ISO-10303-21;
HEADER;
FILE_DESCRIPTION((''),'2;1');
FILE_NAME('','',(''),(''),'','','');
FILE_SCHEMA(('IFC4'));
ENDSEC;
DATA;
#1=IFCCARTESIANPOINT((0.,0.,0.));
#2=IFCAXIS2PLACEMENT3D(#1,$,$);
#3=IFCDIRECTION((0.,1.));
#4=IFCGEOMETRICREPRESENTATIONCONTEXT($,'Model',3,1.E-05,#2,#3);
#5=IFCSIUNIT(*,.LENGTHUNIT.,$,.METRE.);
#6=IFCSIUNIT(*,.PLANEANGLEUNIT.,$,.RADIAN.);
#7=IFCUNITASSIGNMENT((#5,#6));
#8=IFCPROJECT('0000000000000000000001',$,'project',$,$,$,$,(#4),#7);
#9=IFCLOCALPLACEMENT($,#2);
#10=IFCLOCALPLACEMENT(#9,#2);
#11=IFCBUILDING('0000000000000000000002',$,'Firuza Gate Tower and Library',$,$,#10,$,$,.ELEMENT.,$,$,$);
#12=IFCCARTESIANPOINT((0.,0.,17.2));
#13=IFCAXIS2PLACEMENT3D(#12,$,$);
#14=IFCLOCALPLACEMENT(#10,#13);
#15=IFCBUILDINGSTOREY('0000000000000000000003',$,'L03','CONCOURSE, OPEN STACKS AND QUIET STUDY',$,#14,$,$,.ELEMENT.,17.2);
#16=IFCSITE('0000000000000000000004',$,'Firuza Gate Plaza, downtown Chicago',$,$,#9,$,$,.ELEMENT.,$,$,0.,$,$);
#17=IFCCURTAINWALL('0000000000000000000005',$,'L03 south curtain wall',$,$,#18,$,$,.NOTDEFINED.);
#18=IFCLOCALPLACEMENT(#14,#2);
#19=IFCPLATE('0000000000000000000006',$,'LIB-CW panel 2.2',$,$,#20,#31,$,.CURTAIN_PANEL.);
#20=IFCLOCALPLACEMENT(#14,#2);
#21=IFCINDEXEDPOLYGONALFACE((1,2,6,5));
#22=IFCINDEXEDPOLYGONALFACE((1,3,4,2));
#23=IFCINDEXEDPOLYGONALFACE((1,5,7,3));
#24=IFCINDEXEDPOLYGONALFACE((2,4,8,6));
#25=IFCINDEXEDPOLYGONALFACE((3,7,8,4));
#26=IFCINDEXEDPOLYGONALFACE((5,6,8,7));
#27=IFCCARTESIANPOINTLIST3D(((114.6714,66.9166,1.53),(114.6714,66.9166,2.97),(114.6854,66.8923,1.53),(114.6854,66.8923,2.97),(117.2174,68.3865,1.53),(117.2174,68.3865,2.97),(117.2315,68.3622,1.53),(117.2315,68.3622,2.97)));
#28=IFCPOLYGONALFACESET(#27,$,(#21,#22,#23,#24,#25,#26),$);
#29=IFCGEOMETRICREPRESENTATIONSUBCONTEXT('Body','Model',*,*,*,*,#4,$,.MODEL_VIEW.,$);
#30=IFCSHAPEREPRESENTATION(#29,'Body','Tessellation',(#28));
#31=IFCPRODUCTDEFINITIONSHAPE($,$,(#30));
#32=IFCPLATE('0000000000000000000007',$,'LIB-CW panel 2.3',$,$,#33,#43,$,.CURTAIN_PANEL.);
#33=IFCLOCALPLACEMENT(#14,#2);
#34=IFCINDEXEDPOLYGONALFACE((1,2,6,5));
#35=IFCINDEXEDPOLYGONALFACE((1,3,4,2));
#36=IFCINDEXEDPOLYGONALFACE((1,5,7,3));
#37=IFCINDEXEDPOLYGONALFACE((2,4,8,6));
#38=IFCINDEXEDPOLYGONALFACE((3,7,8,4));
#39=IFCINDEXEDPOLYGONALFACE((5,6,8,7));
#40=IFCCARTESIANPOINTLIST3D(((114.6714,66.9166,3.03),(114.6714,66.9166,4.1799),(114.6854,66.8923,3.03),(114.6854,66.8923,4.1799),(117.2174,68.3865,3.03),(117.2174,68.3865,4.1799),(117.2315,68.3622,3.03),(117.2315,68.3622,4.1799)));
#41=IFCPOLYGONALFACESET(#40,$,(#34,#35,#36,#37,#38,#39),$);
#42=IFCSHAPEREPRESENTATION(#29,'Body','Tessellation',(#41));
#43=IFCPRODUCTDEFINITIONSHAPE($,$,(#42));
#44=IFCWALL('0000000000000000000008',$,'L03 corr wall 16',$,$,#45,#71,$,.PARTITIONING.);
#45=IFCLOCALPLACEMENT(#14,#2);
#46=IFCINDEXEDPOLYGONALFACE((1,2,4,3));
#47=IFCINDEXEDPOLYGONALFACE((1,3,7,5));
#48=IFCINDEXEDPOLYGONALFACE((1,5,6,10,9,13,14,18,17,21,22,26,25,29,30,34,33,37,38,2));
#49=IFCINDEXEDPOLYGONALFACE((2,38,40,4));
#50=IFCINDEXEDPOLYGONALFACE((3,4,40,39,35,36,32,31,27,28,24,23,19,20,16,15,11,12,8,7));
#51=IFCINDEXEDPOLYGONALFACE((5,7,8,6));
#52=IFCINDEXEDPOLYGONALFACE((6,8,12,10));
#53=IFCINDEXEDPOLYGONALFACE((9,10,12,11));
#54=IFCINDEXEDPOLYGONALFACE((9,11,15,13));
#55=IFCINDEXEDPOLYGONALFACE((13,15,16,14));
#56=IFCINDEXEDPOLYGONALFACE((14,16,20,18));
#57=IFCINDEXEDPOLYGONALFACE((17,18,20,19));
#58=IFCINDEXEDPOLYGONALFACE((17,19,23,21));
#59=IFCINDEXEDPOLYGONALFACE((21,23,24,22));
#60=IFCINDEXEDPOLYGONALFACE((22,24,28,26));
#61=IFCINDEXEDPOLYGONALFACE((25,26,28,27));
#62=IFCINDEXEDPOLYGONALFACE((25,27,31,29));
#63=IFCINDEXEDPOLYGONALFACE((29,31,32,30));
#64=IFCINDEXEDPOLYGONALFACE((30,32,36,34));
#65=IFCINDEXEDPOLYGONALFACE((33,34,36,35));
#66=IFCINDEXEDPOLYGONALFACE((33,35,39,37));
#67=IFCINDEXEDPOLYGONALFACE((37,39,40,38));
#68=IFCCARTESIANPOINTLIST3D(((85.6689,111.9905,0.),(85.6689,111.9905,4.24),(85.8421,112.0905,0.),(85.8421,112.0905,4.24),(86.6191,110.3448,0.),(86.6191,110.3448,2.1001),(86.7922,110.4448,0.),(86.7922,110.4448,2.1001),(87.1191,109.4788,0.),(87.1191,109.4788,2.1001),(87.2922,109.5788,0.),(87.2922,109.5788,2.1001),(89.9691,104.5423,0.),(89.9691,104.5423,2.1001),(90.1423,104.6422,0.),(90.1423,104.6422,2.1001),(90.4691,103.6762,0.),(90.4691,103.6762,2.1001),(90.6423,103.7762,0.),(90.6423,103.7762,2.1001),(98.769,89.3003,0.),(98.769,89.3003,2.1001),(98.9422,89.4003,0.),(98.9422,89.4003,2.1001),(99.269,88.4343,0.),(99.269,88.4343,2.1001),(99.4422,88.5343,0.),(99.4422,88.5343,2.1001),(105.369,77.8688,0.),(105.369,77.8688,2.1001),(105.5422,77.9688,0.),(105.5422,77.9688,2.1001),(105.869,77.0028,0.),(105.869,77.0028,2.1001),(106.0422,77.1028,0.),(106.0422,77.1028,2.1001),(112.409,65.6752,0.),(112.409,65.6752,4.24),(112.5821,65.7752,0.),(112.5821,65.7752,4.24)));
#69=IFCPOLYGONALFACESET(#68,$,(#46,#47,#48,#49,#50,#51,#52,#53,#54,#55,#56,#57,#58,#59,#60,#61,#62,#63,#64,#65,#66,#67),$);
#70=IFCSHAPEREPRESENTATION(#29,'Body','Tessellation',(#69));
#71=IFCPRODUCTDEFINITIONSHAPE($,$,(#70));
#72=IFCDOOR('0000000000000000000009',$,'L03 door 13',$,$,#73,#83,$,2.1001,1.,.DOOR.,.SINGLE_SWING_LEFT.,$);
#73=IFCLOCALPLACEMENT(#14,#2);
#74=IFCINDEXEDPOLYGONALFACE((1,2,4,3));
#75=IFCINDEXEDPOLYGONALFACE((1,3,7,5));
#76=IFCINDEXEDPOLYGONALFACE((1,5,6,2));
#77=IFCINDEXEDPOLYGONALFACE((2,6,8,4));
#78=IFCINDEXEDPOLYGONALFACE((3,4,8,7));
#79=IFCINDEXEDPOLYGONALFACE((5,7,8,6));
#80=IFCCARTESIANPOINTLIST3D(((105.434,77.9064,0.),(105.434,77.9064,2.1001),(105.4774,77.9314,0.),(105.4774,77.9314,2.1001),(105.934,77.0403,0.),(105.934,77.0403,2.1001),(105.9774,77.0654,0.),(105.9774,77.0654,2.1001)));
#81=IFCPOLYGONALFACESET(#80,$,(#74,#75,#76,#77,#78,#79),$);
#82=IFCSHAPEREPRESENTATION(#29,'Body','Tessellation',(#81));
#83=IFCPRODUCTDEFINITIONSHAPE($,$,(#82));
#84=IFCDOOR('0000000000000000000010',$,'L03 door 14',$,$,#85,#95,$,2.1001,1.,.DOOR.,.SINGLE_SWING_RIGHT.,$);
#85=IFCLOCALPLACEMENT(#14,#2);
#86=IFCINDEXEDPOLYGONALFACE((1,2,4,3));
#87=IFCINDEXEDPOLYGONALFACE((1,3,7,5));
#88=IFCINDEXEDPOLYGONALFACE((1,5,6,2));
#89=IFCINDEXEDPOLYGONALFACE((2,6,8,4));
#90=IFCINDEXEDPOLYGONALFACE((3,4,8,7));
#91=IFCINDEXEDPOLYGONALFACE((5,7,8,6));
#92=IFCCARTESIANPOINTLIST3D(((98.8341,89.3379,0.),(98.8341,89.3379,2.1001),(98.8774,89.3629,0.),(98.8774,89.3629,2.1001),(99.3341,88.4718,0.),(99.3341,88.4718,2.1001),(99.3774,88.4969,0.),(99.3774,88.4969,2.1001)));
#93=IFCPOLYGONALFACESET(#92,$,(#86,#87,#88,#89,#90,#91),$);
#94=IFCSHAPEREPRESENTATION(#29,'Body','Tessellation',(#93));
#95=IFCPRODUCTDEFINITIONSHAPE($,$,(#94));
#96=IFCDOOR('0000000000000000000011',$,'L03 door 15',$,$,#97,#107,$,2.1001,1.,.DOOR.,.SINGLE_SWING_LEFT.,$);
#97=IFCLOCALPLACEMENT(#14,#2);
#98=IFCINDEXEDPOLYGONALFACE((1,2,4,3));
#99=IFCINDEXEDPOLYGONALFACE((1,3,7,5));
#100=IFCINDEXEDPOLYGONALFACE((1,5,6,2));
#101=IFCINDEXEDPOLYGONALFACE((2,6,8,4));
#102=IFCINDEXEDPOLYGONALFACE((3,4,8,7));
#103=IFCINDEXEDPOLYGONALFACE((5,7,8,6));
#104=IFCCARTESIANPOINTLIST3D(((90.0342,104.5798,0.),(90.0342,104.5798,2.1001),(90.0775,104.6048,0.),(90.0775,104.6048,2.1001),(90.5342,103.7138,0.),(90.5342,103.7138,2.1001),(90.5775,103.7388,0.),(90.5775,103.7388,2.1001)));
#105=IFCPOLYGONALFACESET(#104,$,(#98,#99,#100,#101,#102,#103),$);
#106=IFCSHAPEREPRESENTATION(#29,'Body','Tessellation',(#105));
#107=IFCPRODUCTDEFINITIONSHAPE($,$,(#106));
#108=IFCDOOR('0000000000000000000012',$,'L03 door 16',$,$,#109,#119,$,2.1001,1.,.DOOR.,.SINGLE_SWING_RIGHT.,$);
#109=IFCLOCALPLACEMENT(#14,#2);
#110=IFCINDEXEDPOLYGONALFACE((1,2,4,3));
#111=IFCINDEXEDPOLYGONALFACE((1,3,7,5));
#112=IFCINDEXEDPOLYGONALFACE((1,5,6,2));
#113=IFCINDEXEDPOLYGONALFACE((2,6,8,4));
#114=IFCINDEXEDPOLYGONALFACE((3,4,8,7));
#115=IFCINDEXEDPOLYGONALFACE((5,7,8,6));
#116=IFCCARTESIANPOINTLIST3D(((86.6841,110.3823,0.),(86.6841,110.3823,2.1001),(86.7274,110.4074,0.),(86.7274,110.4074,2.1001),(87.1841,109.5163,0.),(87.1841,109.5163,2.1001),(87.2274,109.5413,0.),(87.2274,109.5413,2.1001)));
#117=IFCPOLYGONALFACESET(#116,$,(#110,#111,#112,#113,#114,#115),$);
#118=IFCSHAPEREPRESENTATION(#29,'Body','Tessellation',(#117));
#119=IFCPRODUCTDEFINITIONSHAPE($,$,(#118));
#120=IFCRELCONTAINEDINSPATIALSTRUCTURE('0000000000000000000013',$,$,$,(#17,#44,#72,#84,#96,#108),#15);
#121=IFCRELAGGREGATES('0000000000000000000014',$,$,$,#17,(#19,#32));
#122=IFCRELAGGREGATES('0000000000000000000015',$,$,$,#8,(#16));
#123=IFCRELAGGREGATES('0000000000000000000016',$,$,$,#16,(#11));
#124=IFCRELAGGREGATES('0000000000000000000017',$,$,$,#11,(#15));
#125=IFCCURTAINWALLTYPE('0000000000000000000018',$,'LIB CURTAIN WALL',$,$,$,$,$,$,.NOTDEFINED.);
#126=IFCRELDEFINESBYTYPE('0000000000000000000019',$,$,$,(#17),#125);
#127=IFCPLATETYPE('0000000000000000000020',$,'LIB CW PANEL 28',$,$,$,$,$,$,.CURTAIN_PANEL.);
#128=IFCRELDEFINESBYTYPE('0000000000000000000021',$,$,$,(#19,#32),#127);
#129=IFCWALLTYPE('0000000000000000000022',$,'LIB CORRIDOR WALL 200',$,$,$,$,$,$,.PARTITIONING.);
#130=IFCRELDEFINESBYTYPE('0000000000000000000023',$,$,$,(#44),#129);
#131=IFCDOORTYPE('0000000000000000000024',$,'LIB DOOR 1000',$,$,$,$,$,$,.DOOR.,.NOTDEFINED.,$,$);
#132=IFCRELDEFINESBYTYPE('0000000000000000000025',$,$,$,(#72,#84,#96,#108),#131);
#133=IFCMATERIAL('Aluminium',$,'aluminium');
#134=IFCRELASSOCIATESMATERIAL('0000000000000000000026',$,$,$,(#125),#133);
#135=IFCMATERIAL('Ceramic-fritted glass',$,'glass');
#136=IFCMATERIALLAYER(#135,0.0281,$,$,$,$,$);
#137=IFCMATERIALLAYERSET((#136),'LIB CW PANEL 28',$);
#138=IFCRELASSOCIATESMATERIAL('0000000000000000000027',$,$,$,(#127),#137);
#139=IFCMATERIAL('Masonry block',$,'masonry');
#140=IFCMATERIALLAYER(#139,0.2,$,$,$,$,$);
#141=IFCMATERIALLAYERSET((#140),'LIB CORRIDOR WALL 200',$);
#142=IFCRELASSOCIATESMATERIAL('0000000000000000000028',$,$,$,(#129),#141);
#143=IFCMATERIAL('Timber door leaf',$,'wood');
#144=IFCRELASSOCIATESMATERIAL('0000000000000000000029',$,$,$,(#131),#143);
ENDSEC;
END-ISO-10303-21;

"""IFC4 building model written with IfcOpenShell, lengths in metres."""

from ifc_helpers import new_model, si_unit, direction, frame, frame_2d, origin, origin_2d, place, context, subcontext, project, spatial, rectangle, extrude, material, layer, layer_set, type_object, element, fill, aggregate, save


model = new_model("IFC4")

# Units and contexts
model_context = context("Model", 3, precision=1e-05, world=origin(), true_north=direction((0.0, 1.0)))
body_context = subcontext(model_context, "Body", "Model", "MODEL_VIEW")
ifc_project = project(units=[si_unit("LENGTHUNIT", "METRE"), si_unit("PLANEANGLEUNIT", "RADIAN")], contexts=[model_context])

# Site, building, storey
site_placement = place(None, origin())
site = spatial("IfcSite", under=ifc_project, at=site_placement, Name="Firuza Gate Plaza, downtown Chicago", CompositionType="ELEMENT", RefElevation=0.0)
building_placement = place(site_placement, origin())
building = spatial("IfcBuilding", under=site, at=building_placement, Name="Firuza Gate Tower and Library", CompositionType="ELEMENT")
storey_placement = place(building_placement, frame((0.0, 0.0, 17.2)))
storey = spatial("IfcBuildingStorey", under=building, at=storey_placement, Name="L03", Description="CONCOURSE, OPEN STACKS AND QUIET STUDY", CompositionType="ELEMENT", Elevation=17.2)

# Curtain wall, plates
ifc_material_1 = material(Name="Aluminium", Category="aluminium")
curtain_wall_type = type_object("IfcCurtainWallType", Name="LIB CURTAIN WALL", PredefinedType="NOTDEFINED", material=ifc_material_1)
curtain_wall_placement = place(storey_placement, origin())
curtain_wall = element("IfcCurtainWall", 1, at=curtain_wall_placement, inside=storey, type_object=curtain_wall_type, Name="L03 south curtain wall", PredefinedType="NOTDEFINED")
ifc_material_2 = material(Name="Ceramic-fritted glass", Category="glass")
ifc_layer_1 = layer(ifc_material_2, 0.0281)
ifc_layer_set_1 = layer_set([ifc_layer_1], Name="LIB CW PANEL 28")
plate_type = type_object("IfcPlateType", Name="LIB CW PANEL 28", PredefinedType="CURTAIN_PANEL", material=ifc_layer_set_1)
plate_1_placement = place(storey_placement, frame((115.9514, 67.6394, 1.53), z_axis=(0.0, 0.0, 1.0), x_axis=(0.866025, 0.500001, 0.0)))
plate_1 = element("IfcPlate", 2, at=plate_1_placement, type_object=plate_type, Name="LIB-CW panel 2.2", PredefinedType="CURTAIN_PANEL", context=body_context, shape_type="SweptSolid", body=[
    extrude(rectangle(XDim=2.9399, YDim=0.0281, at=origin_2d()), origin(), (0.0, 0.0, 1.0), 1.4399),
])
plate_2_placement = place(storey_placement, frame((115.9514, 67.6394, 3.03), z_axis=(0.0, 0.0, 1.0), x_axis=(0.866025, 0.500001, 0.0)))
plate_2 = element("IfcPlate", 3, at=plate_2_placement, type_object=plate_type, Name="LIB-CW panel 2.3", PredefinedType="CURTAIN_PANEL", context=body_context, shape_type="SweptSolid", body=[
    extrude(rectangle(XDim=2.9399, YDim=0.0281, at=origin_2d()), origin(), (0.0, 0.0, 1.0), 1.1499),
])
aggregate(curtain_wall, [plate_1, plate_2])

# Wall, openings, doors
ifc_material_3 = material(Name="Masonry block", Category="masonry")
ifc_layer_2 = layer(ifc_material_3, 0.2)
ifc_layer_set_2 = layer_set([ifc_layer_2], Name="LIB CORRIDOR WALL 200")
wall_type = type_object("IfcWallType", Name="LIB CORRIDOR WALL 200", PredefinedType="PARTITIONING", material=ifc_layer_set_2)
wall_placement = place(storey_placement, frame((112.4956, 65.7251, 0.0), z_axis=(0.0, 0.0, 1.0), x_axis=(-0.499999, 0.866026, 0.0)))
wall = element("IfcWall", 4, at=wall_placement, inside=storey, type_object=wall_type, Name="L03 corr wall 16", PredefinedType="PARTITIONING", context=body_context, shape_type="SweptSolid", body=[
    extrude(rectangle(XDim=53.4802, YDim=0.2, at=frame_2d((26.7402, 0.0))), origin(), (0.0, 0.0, 1.0), 4.24),
])
opening_1_placement = place(wall_placement, frame((13.0801, 0.0, 0.0)))
opening_1 = element("IfcOpeningElement", 5, at=opening_1_placement, cuts=wall, PredefinedType="OPENING", context=body_context, shape_type="SweptSolid", body=[
    extrude(rectangle(XDim=1.0, YDim=2.1001, at=frame_2d((0.5, 1.05))), frame((0.0, 0.1099, 0.0), z_axis=(0.0, -1.0, 0.0), x_axis=(1.0, 0.0, 0.0)), (0.0, 0.0, 1.0), 0.22),
])
opening_2_placement = place(wall_placement, frame((26.28, 0.0, 0.0)))
opening_2 = element("IfcOpeningElement", 6, at=opening_2_placement, cuts=wall, PredefinedType="OPENING", context=body_context, shape_type="SweptSolid", body=[
    extrude(rectangle(XDim=1.0, YDim=2.1001, at=frame_2d((0.5, 1.05))), frame((0.0, 0.1099, 0.0), z_axis=(0.0, -1.0, 0.0), x_axis=(1.0, 0.0, 0.0)), (0.0, 0.0, 1.0), 0.22),
])
opening_3_placement = place(wall_placement, frame((43.8799, 0.0, 0.0)))
opening_3 = element("IfcOpeningElement", 7, at=opening_3_placement, cuts=wall, PredefinedType="OPENING", context=body_context, shape_type="SweptSolid", body=[
    extrude(rectangle(XDim=1.0, YDim=2.1001, at=frame_2d((0.5, 1.05))), frame((0.0, 0.1099, 0.0), z_axis=(0.0, -1.0, 0.0), x_axis=(1.0, 0.0, 0.0)), (0.0, 0.0, 1.0), 0.22),
])
opening_4_placement = place(wall_placement, frame((50.5801, 0.0, 0.0)))
opening_4 = element("IfcOpeningElement", 8, at=opening_4_placement, cuts=wall, PredefinedType="OPENING", context=body_context, shape_type="SweptSolid", body=[
    extrude(rectangle(XDim=1.0, YDim=2.1001, at=frame_2d((0.5, 1.05))), frame((0.0, 0.1099, 0.0), z_axis=(0.0, -1.0, 0.0), x_axis=(1.0, 0.0, 0.0)), (0.0, 0.0, 1.0), 0.22),
])
ifc_material_4 = material(Name="Timber door leaf", Category="wood")
door_type = type_object("IfcDoorType", Name="LIB DOOR 1000", OperationType="NOTDEFINED", PredefinedType="DOOR", material=ifc_material_4)
door_1_placement = place(opening_1_placement, origin())
door_1 = element("IfcDoor", 9, at=door_1_placement, inside=storey, type_object=door_type, Name="L03 door 13", OperationType="SINGLE_SWING_LEFT", OverallHeight=2.1001, OverallWidth=1.0, PredefinedType="DOOR", context=body_context, shape_type="SweptSolid", body=[
    extrude(rectangle(XDim=1.0, YDim=2.1001, at=frame_2d((0.5, 1.05))), frame((0.0, 0.0249, 0.0), z_axis=(0.0, -1.0, 0.0), x_axis=(1.0, 0.0, 0.0)), (0.0, 0.0, 1.0), 0.05),
])
fill(opening_1, door_1)
door_2_placement = place(opening_2_placement, origin())
door_2 = element("IfcDoor", 10, at=door_2_placement, inside=storey, type_object=door_type, Name="L03 door 14", OperationType="SINGLE_SWING_RIGHT", OverallHeight=2.1001, OverallWidth=1.0, PredefinedType="DOOR", context=body_context, shape_type="SweptSolid", body=[
    extrude(rectangle(XDim=1.0, YDim=2.1001, at=frame_2d((0.5, 1.05))), frame((0.0, 0.0249, 0.0), z_axis=(0.0, -1.0, 0.0), x_axis=(1.0, 0.0, 0.0)), (0.0, 0.0, 1.0), 0.05),
])
fill(opening_2, door_2)
door_3_placement = place(opening_3_placement, origin())
door_3 = element("IfcDoor", 11, at=door_3_placement, inside=storey, type_object=door_type, Name="L03 door 15", OperationType="SINGLE_SWING_LEFT", OverallHeight=2.1001, OverallWidth=1.0, PredefinedType="DOOR", context=body_context, shape_type="SweptSolid", body=[
    extrude(rectangle(XDim=1.0, YDim=2.1001, at=frame_2d((0.5, 1.05))), frame((0.0, 0.0249, 0.0), z_axis=(0.0, -1.0, 0.0), x_axis=(1.0, 0.0, 0.0)), (0.0, 0.0, 1.0), 0.05),
])
fill(opening_3, door_3)
door_4_placement = place(opening_4_placement, origin())
door_4 = element("IfcDoor", 12, at=door_4_placement, inside=storey, type_object=door_type, Name="L03 door 16", OperationType="SINGLE_SWING_RIGHT", OverallHeight=2.1001, OverallWidth=1.0, PredefinedType="DOOR", context=body_context, shape_type="SweptSolid", body=[
    extrude(rectangle(XDim=1.0, YDim=2.1001, at=frame_2d((0.5, 1.05))), frame((0.0, 0.0249, 0.0), z_axis=(0.0, -1.0, 0.0), x_axis=(1.0, 0.0, 0.0)), (0.0, 0.0, 1.0), 0.05),
])
fill(opening_4, door_4)

save(model, "model.ifc")
